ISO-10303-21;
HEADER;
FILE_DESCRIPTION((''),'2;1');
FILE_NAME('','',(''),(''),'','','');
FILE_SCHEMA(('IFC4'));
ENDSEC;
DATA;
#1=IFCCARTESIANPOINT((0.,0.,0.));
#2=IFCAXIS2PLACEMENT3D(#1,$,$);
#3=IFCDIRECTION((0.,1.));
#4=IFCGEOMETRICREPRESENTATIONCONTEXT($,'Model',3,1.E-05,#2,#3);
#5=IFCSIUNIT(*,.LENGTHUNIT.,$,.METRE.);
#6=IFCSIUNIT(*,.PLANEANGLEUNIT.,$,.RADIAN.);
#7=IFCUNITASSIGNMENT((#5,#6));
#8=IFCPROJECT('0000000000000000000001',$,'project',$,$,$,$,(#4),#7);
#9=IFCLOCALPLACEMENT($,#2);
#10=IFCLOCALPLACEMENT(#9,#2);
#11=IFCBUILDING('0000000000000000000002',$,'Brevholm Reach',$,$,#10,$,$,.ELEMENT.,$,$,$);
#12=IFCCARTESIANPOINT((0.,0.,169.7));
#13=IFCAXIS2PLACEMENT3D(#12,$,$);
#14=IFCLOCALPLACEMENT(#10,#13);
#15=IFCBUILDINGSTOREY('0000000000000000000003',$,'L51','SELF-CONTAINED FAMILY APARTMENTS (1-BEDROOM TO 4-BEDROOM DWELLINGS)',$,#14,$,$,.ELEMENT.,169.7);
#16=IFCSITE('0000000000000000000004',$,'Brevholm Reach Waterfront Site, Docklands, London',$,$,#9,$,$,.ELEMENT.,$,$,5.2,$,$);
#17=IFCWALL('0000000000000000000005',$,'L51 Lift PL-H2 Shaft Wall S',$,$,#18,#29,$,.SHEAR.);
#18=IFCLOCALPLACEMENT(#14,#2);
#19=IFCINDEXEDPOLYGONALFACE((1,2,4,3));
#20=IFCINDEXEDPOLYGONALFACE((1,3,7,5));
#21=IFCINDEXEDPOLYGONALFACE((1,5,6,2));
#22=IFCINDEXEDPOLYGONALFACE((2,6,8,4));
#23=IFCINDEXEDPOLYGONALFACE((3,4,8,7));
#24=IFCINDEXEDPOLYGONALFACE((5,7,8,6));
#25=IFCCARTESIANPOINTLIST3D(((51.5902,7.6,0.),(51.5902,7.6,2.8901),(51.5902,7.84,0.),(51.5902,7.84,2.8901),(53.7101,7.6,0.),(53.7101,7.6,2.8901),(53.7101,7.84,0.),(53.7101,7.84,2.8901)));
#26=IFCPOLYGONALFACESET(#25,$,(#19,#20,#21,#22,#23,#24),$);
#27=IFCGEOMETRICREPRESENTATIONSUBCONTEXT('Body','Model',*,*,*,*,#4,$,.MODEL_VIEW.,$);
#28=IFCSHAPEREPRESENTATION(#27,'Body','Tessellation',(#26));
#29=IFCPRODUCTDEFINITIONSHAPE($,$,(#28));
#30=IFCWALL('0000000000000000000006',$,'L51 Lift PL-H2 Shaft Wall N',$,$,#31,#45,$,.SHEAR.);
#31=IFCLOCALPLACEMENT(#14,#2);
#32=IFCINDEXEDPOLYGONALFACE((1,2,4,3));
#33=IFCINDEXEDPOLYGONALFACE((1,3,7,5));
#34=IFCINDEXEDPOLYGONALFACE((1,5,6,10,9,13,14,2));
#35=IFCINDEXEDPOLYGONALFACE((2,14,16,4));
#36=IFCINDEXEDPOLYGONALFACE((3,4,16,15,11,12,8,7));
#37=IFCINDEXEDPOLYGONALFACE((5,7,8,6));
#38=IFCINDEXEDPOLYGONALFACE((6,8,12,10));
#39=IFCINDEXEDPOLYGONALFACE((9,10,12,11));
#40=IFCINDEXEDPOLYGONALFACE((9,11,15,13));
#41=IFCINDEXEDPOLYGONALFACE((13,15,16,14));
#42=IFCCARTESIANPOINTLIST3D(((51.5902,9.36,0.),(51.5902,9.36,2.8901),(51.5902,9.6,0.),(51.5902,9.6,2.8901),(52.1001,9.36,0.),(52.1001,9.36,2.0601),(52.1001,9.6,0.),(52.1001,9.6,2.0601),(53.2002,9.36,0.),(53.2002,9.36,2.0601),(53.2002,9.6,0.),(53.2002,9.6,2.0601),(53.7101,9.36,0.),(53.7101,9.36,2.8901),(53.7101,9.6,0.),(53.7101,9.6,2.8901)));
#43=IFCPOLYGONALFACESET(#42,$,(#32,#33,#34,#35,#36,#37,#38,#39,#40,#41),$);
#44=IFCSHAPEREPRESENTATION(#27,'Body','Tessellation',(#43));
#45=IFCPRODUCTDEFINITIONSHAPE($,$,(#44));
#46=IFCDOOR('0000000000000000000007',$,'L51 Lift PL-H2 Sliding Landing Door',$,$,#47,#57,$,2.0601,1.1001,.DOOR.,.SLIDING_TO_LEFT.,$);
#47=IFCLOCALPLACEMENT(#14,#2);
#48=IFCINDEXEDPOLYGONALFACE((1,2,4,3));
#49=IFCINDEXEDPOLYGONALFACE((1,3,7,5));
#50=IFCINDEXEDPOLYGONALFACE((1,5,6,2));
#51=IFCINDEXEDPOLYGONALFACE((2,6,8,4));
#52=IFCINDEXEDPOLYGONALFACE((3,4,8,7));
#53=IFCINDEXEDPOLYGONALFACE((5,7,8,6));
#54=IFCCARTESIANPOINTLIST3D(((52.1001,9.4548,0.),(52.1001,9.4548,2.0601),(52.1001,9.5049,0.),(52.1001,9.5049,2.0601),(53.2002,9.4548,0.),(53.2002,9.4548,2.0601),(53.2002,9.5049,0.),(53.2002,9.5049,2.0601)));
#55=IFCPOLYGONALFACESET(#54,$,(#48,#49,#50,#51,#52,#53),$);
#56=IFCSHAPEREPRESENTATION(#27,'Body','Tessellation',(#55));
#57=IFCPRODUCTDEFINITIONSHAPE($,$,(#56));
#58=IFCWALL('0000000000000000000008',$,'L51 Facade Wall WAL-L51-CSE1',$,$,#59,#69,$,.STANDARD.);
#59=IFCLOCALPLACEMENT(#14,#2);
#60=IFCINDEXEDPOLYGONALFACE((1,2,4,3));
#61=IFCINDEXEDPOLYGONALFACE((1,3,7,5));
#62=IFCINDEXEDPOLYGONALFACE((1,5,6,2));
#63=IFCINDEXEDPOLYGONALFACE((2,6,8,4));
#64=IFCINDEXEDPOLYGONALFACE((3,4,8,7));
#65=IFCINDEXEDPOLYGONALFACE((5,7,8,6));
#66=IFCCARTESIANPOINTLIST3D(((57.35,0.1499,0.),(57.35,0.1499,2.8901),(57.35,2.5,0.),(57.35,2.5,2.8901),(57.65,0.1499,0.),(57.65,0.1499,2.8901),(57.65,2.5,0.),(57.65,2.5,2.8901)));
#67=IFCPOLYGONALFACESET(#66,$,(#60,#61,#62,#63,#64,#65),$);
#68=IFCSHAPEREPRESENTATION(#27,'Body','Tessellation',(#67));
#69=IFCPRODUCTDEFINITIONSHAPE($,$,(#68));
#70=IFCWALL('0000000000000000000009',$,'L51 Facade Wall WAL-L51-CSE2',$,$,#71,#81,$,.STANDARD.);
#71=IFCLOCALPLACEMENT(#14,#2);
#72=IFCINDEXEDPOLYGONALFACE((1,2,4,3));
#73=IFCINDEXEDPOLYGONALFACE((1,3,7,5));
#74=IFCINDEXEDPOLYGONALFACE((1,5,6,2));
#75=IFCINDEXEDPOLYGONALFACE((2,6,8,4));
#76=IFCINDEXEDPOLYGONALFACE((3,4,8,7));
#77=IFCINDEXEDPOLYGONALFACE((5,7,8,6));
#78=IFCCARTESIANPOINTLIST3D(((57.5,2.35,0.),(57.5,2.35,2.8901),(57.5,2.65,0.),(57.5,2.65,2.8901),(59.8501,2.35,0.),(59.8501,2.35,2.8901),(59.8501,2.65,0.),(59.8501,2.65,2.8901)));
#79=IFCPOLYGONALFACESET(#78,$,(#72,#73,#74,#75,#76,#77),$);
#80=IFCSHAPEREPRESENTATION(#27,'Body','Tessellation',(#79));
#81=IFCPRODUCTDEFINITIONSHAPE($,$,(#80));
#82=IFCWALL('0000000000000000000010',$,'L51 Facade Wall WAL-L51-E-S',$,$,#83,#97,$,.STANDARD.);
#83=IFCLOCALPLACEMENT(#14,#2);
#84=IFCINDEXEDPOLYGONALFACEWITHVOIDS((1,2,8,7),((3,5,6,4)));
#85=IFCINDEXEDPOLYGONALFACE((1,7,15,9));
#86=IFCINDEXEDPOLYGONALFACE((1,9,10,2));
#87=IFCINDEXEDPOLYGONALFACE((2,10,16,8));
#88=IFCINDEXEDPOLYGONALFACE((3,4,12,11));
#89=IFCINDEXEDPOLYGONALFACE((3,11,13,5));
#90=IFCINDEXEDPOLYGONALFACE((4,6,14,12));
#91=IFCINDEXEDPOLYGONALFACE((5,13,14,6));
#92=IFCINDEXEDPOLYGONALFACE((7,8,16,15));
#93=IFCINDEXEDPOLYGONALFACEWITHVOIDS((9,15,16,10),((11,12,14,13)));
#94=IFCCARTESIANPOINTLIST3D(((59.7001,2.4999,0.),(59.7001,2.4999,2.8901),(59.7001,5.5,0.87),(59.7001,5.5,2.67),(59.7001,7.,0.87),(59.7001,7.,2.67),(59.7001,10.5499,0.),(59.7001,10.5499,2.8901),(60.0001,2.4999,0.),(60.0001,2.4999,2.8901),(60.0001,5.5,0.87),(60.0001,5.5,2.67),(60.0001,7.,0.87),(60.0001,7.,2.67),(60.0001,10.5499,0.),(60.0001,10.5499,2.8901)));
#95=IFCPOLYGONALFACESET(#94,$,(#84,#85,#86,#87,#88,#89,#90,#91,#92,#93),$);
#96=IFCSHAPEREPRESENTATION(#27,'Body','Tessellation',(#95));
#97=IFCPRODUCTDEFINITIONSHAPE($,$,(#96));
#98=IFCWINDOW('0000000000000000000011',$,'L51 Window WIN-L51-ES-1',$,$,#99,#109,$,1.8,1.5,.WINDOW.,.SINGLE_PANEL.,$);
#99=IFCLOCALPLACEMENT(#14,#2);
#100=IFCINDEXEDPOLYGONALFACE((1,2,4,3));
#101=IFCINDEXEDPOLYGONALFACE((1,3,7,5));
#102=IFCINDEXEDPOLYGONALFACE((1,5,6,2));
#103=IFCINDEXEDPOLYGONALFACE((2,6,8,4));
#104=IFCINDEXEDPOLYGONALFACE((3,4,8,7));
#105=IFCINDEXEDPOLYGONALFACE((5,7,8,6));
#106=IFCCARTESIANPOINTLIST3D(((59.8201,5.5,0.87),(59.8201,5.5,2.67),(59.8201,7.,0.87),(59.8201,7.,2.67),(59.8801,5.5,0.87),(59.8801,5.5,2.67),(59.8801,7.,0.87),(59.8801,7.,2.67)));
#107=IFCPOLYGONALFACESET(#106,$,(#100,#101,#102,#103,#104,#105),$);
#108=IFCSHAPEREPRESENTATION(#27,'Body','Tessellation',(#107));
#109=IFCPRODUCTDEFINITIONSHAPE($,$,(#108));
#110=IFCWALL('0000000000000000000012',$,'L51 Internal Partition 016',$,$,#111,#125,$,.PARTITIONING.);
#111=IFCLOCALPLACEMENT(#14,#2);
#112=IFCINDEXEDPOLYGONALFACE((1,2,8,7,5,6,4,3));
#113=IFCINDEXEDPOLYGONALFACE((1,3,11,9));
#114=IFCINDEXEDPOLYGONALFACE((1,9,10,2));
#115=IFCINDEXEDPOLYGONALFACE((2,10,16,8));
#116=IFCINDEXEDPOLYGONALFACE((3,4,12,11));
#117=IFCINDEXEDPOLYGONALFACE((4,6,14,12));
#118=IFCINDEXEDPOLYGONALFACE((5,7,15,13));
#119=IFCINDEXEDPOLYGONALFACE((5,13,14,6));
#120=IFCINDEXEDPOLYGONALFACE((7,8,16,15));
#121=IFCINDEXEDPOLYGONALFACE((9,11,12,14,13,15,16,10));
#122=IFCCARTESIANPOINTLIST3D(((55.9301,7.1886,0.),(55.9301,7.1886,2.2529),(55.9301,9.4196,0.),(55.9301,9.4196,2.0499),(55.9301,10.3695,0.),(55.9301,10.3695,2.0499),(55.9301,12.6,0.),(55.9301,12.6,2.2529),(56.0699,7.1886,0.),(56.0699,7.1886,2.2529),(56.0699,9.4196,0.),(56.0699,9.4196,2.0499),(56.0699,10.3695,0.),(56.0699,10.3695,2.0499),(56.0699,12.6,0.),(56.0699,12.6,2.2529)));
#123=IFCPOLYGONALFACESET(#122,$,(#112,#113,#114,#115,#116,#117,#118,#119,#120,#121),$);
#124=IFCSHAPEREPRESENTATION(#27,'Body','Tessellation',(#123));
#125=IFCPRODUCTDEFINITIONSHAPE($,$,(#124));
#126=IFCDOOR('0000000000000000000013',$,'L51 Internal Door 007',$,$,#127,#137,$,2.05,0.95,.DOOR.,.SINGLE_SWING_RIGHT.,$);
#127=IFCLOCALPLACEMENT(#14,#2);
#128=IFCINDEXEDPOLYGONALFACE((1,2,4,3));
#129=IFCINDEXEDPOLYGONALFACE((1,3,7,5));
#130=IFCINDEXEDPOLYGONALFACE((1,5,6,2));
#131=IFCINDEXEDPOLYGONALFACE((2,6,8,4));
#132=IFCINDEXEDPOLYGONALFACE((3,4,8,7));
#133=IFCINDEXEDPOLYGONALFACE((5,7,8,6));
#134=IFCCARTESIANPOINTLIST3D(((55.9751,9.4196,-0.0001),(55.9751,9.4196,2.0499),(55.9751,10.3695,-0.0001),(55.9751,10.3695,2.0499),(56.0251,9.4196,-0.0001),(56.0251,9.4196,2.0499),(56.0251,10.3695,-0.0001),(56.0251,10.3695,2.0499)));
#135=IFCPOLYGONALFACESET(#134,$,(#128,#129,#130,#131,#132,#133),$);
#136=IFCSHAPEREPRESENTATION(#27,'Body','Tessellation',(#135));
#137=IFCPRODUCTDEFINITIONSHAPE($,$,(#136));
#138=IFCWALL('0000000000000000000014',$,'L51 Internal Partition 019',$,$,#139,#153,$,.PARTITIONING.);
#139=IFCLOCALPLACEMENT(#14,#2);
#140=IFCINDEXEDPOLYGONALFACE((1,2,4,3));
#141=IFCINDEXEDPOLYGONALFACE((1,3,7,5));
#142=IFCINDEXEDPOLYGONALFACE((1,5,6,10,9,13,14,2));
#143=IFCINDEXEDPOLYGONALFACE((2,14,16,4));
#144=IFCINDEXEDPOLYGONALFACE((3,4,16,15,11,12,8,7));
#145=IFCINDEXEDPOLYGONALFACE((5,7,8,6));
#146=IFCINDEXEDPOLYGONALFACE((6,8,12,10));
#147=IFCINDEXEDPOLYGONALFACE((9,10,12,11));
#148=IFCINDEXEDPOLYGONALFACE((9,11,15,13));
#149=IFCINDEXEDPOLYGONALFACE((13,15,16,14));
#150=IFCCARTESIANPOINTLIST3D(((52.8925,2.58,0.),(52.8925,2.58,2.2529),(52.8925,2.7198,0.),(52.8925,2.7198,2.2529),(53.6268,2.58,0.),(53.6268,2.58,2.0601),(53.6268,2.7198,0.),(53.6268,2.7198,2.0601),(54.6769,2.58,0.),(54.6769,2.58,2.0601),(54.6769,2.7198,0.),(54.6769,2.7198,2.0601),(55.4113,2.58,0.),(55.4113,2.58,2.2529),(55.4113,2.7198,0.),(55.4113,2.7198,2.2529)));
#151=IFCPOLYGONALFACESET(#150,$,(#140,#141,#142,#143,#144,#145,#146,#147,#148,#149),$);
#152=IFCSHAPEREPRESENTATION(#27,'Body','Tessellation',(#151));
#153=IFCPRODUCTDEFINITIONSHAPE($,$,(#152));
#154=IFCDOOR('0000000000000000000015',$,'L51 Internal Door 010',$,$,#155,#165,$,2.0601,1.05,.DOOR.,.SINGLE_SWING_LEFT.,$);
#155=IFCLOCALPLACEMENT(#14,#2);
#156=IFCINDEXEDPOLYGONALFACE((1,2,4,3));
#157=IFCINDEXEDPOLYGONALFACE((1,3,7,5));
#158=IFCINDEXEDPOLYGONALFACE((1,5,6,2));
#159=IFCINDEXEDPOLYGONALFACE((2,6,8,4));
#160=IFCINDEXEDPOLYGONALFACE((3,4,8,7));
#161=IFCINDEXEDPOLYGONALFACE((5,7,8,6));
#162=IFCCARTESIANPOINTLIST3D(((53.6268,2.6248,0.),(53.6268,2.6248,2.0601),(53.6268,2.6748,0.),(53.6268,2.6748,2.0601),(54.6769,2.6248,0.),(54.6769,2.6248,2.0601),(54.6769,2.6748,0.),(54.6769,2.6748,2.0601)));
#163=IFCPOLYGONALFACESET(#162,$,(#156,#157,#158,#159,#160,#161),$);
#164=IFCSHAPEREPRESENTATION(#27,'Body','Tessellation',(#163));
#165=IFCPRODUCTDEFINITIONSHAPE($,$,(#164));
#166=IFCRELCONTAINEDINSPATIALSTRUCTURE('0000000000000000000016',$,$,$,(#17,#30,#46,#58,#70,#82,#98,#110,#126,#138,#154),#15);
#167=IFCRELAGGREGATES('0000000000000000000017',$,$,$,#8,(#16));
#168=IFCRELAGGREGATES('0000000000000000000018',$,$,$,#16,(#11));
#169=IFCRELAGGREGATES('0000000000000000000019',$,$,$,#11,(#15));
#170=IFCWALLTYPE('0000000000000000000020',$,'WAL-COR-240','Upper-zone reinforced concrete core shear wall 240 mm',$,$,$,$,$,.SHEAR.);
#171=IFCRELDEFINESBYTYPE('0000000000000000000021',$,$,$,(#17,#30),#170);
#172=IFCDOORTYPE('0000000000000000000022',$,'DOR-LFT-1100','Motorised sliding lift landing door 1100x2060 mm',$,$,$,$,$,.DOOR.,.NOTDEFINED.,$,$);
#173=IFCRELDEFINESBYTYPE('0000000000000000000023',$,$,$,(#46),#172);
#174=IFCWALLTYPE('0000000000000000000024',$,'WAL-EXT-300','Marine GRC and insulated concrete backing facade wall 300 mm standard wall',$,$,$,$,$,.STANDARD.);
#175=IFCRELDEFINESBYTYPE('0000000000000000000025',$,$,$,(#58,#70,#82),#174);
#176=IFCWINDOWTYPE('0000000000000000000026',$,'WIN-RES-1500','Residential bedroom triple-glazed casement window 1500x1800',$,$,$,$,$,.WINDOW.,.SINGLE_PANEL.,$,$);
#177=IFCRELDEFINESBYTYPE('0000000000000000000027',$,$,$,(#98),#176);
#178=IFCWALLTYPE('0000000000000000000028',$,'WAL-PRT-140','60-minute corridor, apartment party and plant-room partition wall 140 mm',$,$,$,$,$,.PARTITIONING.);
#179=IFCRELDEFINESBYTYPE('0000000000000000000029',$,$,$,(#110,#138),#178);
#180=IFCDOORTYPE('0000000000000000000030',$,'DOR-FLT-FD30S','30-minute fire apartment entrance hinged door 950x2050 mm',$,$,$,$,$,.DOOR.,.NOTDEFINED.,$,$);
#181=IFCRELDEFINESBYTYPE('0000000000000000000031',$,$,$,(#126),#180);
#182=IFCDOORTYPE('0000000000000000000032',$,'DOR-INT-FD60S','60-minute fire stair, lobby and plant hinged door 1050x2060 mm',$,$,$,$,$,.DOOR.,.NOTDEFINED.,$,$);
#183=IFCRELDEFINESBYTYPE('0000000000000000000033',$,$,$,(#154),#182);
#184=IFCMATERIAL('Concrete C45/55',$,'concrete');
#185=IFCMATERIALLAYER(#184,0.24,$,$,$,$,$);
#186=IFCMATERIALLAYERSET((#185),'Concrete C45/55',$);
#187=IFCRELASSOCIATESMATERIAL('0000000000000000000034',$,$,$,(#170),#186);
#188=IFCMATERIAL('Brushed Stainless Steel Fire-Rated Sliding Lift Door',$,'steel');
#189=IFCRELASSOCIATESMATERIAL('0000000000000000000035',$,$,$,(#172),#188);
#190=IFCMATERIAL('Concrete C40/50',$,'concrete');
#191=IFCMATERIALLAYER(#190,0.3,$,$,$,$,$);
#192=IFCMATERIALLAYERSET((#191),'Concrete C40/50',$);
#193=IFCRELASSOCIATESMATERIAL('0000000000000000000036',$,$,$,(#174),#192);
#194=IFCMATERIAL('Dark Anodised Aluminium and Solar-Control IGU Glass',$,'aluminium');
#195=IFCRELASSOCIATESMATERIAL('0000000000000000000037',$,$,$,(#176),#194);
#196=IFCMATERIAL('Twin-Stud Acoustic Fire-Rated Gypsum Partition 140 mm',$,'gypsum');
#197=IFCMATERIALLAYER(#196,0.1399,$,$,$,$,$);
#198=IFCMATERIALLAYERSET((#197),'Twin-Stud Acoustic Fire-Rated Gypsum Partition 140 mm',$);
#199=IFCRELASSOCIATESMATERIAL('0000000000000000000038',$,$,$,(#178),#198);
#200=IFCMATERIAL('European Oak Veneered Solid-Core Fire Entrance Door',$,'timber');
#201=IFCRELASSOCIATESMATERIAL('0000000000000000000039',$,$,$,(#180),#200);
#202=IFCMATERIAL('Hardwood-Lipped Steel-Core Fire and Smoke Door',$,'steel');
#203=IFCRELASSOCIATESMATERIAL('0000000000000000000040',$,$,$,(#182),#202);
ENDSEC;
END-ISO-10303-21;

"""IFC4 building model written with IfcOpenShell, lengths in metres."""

from ifc_helpers import new_model, si_unit, direction, frame, frame_2d, origin, place, context, subcontext, project, spatial, rectangle, extrude, material, layer, layer_set, type_object, element, fill, save


model = new_model("IFC4")

# Units and contexts
model_context = context("Model", 3, precision=1e-05, world=origin(), true_north=direction((0.0, 1.0)))
body_context = subcontext(model_context, "Body", "Model", "MODEL_VIEW")
ifc_project = project(units=[si_unit("LENGTHUNIT", "METRE"), si_unit("PLANEANGLEUNIT", "RADIAN")], contexts=[model_context])

# Site, building, storey
site_placement = place(None, origin())
site = spatial("IfcSite", under=ifc_project, at=site_placement, Name="Brevholm Reach Waterfront Site, Docklands, London", CompositionType="ELEMENT", RefElevation=5.2)
building_placement = place(site_placement, origin())
building = spatial("IfcBuilding", under=site, at=building_placement, Name="Brevholm Reach", CompositionType="ELEMENT")
storey_placement = place(building_placement, frame((0.0, 0.0, 169.7)))
storey = spatial("IfcBuildingStorey", under=building, at=storey_placement, Name="L51", Description="SELF-CONTAINED FAMILY APARTMENTS (1-BEDROOM TO 4-BEDROOM DWELLINGS)", CompositionType="ELEMENT", Elevation=169.7)

# Wall
ifc_material_1 = material(Name="Concrete C45/55", Category="concrete")
ifc_layer_1 = layer(ifc_material_1, 0.24)
ifc_layer_set_1 = layer_set([ifc_layer_1], Name="Concrete C45/55")
wall_type_1 = type_object("IfcWallType", Name="WAL-COR-240", Description="Upper-zone reinforced concrete core shear wall 240 mm", PredefinedType="SHEAR", material=ifc_layer_set_1)
wall_1_placement = place(storey_placement, frame((51.5901, 7.72, 0.0), z_axis=(0.0, 0.0, 1.0), x_axis=(1.0, 0.0, 0.0)))
element("IfcWall", 1, at=wall_1_placement, inside=storey, type_object=wall_type_1, Name="L51 Lift PL-H2 Shaft Wall S", PredefinedType="SHEAR", context=body_context, shape_type="SweptSolid", body=[
    extrude(rectangle(XDim=2.1199, YDim=0.24, at=frame_2d((1.0601, 0.0))), origin(), (0.0, 0.0, 1.0), 2.8901),
])

# Wall, opening, door
wall_2_placement = place(storey_placement, frame((51.5901, 9.48, 0.0), z_axis=(0.0, 0.0, 1.0), x_axis=(1.0, 0.0, 0.0)))
wall_2 = element("IfcWall", 2, at=wall_2_placement, inside=storey, type_object=wall_type_1, Name="L51 Lift PL-H2 Shaft Wall N", PredefinedType="SHEAR", context=body_context, shape_type="SweptSolid", body=[
    extrude(rectangle(XDim=2.1199, YDim=0.24, at=frame_2d((1.0601, 0.0))), origin(), (0.0, 0.0, 1.0), 2.8901),
])
opening_1_placement = place(wall_2_placement, frame((0.51, 0.0, 0.0)))
opening_1 = element("IfcOpeningElement", 3, at=opening_1_placement, cuts=wall_2, PredefinedType="OPENING", context=body_context, shape_type="SweptSolid", body=[
    extrude(rectangle(XDim=1.1001, YDim=2.0601, at=frame_2d((0.55, 1.03))), frame((0.0, 0.1299, 0.0), z_axis=(0.0, -1.0, 0.0), x_axis=(1.0, 0.0, 0.0)), (0.0, 0.0, 1.0), 0.26),
])
ifc_material_2 = material(Name="Brushed Stainless Steel Fire-Rated Sliding Lift Door", Category="steel")
door_type_1 = type_object("IfcDoorType", Name="DOR-LFT-1100", Description="Motorised sliding lift landing door 1100x2060 mm", OperationType="NOTDEFINED", PredefinedType="DOOR", material=ifc_material_2)
door_1_placement = place(opening_1_placement, origin())
door_1 = element("IfcDoor", 4, at=door_1_placement, inside=storey, type_object=door_type_1, Name="L51 Lift PL-H2 Sliding Landing Door", OperationType="SLIDING_TO_LEFT", OverallHeight=2.0601, OverallWidth=1.1001, PredefinedType="DOOR", context=body_context, shape_type="SweptSolid", body=[
    extrude(rectangle(XDim=1.1001, YDim=2.0601, at=frame_2d((0.55, 1.03))), frame((0.0, 0.0249, 0.0), z_axis=(0.0, -1.0, 0.0), x_axis=(1.0, 0.0, 0.0)), (0.0, 0.0, 1.0), 0.05),
])
fill(opening_1, door_1)

# Walls
ifc_material_3 = material(Name="Concrete C40/50", Category="concrete")
ifc_layer_2 = layer(ifc_material_3, 0.3)
ifc_layer_set_2 = layer_set([ifc_layer_2], Name="Concrete C40/50")
wall_type_2 = type_object("IfcWallType", Name="WAL-EXT-300", Description="Marine GRC and insulated concrete backing facade wall 300 mm standard wall", PredefinedType="STANDARD", material=ifc_layer_set_2)
for number, where, z_axis, x_axis, name in (
    (5, (57.5, 0.1499, 0.0), (0.0, 0.0, 1.0), (0.0, 1.0, 0.0), "L51 Facade Wall WAL-L51-CSE1"),
    (6, (57.5, 2.5, 0.0), (0.0, 0.0, 1.0), (1.0, 0.0, 0.0), "L51 Facade Wall WAL-L51-CSE2"),
):
    element("IfcWall", number, at=place(storey_placement, frame(where, z_axis=z_axis, x_axis=x_axis)), inside=storey, type_object=wall_type_2, Name=name, PredefinedType="STANDARD", context=body_context, shape_type="SweptSolid", body=[
        extrude(rectangle(XDim=2.3501, YDim=0.3, at=frame_2d((1.175, 0.0))), origin(), (0.0, 0.0, 1.0), 2.8901),
    ])

# Wall, opening, window
wall_3_placement = place(storey_placement, frame((59.8501, 2.5, 0.0), z_axis=(0.0, 0.0, 1.0), x_axis=(0.0, 1.0, 0.0)))
wall_3 = element("IfcWall", 7, at=wall_3_placement, inside=storey, type_object=wall_type_2, Name="L51 Facade Wall WAL-L51-E-S", PredefinedType="STANDARD", context=body_context, shape_type="SweptSolid", body=[
    extrude(rectangle(XDim=8.05, YDim=0.3, at=frame_2d((4.0249, 0.0))), origin(), (0.0, 0.0, 1.0), 2.8901),
])
opening_2_placement = place(wall_3_placement, frame((3.0, 0.0, 0.8701)))
opening_2 = element("IfcOpeningElement", 8, at=opening_2_placement, cuts=wall_3, PredefinedType="OPENING", context=body_context, shape_type="SweptSolid", body=[
    extrude(rectangle(XDim=1.5, YDim=1.8, at=frame_2d((0.75, 0.8999))), frame((0.0, 0.1599, 0.0), z_axis=(0.0, -1.0, 0.0), x_axis=(1.0, 0.0, 0.0)), (0.0, 0.0, 1.0), 0.3201),
])
ifc_material_4 = material(Name="Dark Anodised Aluminium and Solar-Control IGU Glass", Category="aluminium")
window_type = type_object("IfcWindowType", Name="WIN-RES-1500", Description="Residential bedroom triple-glazed casement window 1500x1800", PartitioningType="SINGLE_PANEL", PredefinedType="WINDOW", material=ifc_material_4)
window_placement = place(opening_2_placement, origin())
window = element("IfcWindow", 9, at=window_placement, inside=storey, type_object=window_type, Name="L51 Window WIN-L51-ES-1", OverallHeight=1.8, OverallWidth=1.5, PartitioningType="SINGLE_PANEL", PredefinedType="WINDOW", context=body_context, shape_type="SweptSolid", body=[
    extrude(rectangle(XDim=1.5, YDim=1.8, at=frame_2d((0.75, 0.8999))), frame((0.0, 0.03, 0.0), z_axis=(0.0, -1.0, 0.0), x_axis=(1.0, 0.0, 0.0)), (0.0, 0.0, 1.0), 0.0601),
])
fill(opening_2, window)

# Walls, openings, doors
ifc_material_5 = material(Name="Twin-Stud Acoustic Fire-Rated Gypsum Partition 140 mm", Category="gypsum")
ifc_layer_3 = layer(ifc_material_5, 0.1399)
ifc_layer_set_3 = layer_set([ifc_layer_3], Name="Twin-Stud Acoustic Fire-Rated Gypsum Partition 140 mm")
wall_type_3 = type_object("IfcWallType", Name="WAL-PRT-140", Description="60-minute corridor, apartment party and plant-room partition wall 140 mm", PredefinedType="PARTITIONING", material=ifc_layer_set_3)
wall_4_placement = place(storey_placement, frame((56.0, 7.1887, 0.0), z_axis=(0.0, 0.0, 1.0), x_axis=(0.0, 1.0, 0.0)))
wall_4 = element("IfcWall", 10, at=wall_4_placement, inside=storey, type_object=wall_type_3, Name="L51 Internal Partition 016", PredefinedType="PARTITIONING", context=body_context, shape_type="SweptSolid", body=[
    extrude(rectangle(XDim=5.4114, YDim=0.1399, at=frame_2d((2.7056, 0.0))), origin(), (0.0, 0.0, 1.0), 2.2529),
])
opening_3_placement = place(wall_4_placement, frame((2.2307, 0.0, 0.0)))
opening_3 = element("IfcOpeningElement", 11, at=opening_3_placement, cuts=wall_4, PredefinedType="OPENING", context=body_context, shape_type="SweptSolid", body=[
    extrude(rectangle(XDim=0.95, YDim=2.05, at=frame_2d((0.4751, 1.0249))), frame((0.0, 0.0798, 0.0), z_axis=(0.0, -1.0, 0.0), x_axis=(1.0, 0.0, 0.0)), (0.0, 0.0, 1.0), 0.1599),
])
ifc_material_6 = material(Name="European Oak Veneered Solid-Core Fire Entrance Door", Category="timber")
door_type_2 = type_object("IfcDoorType", Name="DOR-FLT-FD30S", Description="30-minute fire apartment entrance hinged door 950x2050 mm", OperationType="NOTDEFINED", PredefinedType="DOOR", material=ifc_material_6)
door_2_placement = place(opening_3_placement, origin())
door_2 = element("IfcDoor", 12, at=door_2_placement, inside=storey, type_object=door_type_2, Name="L51 Internal Door 007", OperationType="SINGLE_SWING_RIGHT", OverallHeight=2.05, OverallWidth=0.95, PredefinedType="DOOR", context=body_context, shape_type="SweptSolid", body=[
    extrude(rectangle(XDim=0.95, YDim=2.05, at=frame_2d((0.4751, 1.0249))), frame((0.0, 0.0249, 0.0), z_axis=(0.0, -1.0, 0.0), x_axis=(1.0, 0.0, 0.0)), (0.0, 0.0, 1.0), 0.05),
])
fill(opening_3, door_2)
wall_5_placement = place(storey_placement, frame((52.8926, 2.6499, 0.0), z_axis=(0.0, 0.0, 1.0), x_axis=(1.0, 0.0, 0.0)))
wall_5 = element("IfcWall", 13, at=wall_5_placement, inside=storey, type_object=wall_type_3, Name="L51 Internal Partition 019", PredefinedType="PARTITIONING", context=body_context, shape_type="SweptSolid", body=[
    extrude(rectangle(XDim=2.5188, YDim=0.1399, at=frame_2d((1.2593, 0.0))), origin(), (0.0, 0.0, 1.0), 2.2529),
])
opening_4_placement = place(wall_5_placement, frame((0.7344, 0.0, 0.0)))
opening_4 = element("IfcOpeningElement", 14, at=opening_4_placement, cuts=wall_5, PredefinedType="OPENING", context=body_context, shape_type="SweptSolid", body=[
    extrude(rectangle(XDim=1.05, YDim=2.0601, at=frame_2d((0.5249, 1.03))), frame((0.0, 0.0798, 0.0), z_axis=(0.0, -1.0, 0.0), x_axis=(1.0, 0.0, 0.0)), (0.0, 0.0, 1.0), 0.1599),
])
ifc_material_7 = material(Name="Hardwood-Lipped Steel-Core Fire and Smoke Door", Category="steel")
door_type_3 = type_object("IfcDoorType", Name="DOR-INT-FD60S", Description="60-minute fire stair, lobby and plant hinged door 1050x2060 mm", OperationType="NOTDEFINED", PredefinedType="DOOR", material=ifc_material_7)
door_3_placement = place(opening_4_placement, origin())
door_3 = element("IfcDoor", 15, at=door_3_placement, inside=storey, type_object=door_type_3, Name="L51 Internal Door 010", OperationType="SINGLE_SWING_LEFT", OverallHeight=2.0601, OverallWidth=1.05, PredefinedType="DOOR", context=body_context, shape_type="SweptSolid", body=[
    extrude(rectangle(XDim=1.05, YDim=2.0601, at=frame_2d((0.5249, 1.03))), frame((0.0, 0.0249, 0.0), z_axis=(0.0, -1.0, 0.0), x_axis=(1.0, 0.0, 0.0)), (0.0, 0.0, 1.0), 0.05),
])
fill(opening_4, door_3)

save(model, "model.ifc")
